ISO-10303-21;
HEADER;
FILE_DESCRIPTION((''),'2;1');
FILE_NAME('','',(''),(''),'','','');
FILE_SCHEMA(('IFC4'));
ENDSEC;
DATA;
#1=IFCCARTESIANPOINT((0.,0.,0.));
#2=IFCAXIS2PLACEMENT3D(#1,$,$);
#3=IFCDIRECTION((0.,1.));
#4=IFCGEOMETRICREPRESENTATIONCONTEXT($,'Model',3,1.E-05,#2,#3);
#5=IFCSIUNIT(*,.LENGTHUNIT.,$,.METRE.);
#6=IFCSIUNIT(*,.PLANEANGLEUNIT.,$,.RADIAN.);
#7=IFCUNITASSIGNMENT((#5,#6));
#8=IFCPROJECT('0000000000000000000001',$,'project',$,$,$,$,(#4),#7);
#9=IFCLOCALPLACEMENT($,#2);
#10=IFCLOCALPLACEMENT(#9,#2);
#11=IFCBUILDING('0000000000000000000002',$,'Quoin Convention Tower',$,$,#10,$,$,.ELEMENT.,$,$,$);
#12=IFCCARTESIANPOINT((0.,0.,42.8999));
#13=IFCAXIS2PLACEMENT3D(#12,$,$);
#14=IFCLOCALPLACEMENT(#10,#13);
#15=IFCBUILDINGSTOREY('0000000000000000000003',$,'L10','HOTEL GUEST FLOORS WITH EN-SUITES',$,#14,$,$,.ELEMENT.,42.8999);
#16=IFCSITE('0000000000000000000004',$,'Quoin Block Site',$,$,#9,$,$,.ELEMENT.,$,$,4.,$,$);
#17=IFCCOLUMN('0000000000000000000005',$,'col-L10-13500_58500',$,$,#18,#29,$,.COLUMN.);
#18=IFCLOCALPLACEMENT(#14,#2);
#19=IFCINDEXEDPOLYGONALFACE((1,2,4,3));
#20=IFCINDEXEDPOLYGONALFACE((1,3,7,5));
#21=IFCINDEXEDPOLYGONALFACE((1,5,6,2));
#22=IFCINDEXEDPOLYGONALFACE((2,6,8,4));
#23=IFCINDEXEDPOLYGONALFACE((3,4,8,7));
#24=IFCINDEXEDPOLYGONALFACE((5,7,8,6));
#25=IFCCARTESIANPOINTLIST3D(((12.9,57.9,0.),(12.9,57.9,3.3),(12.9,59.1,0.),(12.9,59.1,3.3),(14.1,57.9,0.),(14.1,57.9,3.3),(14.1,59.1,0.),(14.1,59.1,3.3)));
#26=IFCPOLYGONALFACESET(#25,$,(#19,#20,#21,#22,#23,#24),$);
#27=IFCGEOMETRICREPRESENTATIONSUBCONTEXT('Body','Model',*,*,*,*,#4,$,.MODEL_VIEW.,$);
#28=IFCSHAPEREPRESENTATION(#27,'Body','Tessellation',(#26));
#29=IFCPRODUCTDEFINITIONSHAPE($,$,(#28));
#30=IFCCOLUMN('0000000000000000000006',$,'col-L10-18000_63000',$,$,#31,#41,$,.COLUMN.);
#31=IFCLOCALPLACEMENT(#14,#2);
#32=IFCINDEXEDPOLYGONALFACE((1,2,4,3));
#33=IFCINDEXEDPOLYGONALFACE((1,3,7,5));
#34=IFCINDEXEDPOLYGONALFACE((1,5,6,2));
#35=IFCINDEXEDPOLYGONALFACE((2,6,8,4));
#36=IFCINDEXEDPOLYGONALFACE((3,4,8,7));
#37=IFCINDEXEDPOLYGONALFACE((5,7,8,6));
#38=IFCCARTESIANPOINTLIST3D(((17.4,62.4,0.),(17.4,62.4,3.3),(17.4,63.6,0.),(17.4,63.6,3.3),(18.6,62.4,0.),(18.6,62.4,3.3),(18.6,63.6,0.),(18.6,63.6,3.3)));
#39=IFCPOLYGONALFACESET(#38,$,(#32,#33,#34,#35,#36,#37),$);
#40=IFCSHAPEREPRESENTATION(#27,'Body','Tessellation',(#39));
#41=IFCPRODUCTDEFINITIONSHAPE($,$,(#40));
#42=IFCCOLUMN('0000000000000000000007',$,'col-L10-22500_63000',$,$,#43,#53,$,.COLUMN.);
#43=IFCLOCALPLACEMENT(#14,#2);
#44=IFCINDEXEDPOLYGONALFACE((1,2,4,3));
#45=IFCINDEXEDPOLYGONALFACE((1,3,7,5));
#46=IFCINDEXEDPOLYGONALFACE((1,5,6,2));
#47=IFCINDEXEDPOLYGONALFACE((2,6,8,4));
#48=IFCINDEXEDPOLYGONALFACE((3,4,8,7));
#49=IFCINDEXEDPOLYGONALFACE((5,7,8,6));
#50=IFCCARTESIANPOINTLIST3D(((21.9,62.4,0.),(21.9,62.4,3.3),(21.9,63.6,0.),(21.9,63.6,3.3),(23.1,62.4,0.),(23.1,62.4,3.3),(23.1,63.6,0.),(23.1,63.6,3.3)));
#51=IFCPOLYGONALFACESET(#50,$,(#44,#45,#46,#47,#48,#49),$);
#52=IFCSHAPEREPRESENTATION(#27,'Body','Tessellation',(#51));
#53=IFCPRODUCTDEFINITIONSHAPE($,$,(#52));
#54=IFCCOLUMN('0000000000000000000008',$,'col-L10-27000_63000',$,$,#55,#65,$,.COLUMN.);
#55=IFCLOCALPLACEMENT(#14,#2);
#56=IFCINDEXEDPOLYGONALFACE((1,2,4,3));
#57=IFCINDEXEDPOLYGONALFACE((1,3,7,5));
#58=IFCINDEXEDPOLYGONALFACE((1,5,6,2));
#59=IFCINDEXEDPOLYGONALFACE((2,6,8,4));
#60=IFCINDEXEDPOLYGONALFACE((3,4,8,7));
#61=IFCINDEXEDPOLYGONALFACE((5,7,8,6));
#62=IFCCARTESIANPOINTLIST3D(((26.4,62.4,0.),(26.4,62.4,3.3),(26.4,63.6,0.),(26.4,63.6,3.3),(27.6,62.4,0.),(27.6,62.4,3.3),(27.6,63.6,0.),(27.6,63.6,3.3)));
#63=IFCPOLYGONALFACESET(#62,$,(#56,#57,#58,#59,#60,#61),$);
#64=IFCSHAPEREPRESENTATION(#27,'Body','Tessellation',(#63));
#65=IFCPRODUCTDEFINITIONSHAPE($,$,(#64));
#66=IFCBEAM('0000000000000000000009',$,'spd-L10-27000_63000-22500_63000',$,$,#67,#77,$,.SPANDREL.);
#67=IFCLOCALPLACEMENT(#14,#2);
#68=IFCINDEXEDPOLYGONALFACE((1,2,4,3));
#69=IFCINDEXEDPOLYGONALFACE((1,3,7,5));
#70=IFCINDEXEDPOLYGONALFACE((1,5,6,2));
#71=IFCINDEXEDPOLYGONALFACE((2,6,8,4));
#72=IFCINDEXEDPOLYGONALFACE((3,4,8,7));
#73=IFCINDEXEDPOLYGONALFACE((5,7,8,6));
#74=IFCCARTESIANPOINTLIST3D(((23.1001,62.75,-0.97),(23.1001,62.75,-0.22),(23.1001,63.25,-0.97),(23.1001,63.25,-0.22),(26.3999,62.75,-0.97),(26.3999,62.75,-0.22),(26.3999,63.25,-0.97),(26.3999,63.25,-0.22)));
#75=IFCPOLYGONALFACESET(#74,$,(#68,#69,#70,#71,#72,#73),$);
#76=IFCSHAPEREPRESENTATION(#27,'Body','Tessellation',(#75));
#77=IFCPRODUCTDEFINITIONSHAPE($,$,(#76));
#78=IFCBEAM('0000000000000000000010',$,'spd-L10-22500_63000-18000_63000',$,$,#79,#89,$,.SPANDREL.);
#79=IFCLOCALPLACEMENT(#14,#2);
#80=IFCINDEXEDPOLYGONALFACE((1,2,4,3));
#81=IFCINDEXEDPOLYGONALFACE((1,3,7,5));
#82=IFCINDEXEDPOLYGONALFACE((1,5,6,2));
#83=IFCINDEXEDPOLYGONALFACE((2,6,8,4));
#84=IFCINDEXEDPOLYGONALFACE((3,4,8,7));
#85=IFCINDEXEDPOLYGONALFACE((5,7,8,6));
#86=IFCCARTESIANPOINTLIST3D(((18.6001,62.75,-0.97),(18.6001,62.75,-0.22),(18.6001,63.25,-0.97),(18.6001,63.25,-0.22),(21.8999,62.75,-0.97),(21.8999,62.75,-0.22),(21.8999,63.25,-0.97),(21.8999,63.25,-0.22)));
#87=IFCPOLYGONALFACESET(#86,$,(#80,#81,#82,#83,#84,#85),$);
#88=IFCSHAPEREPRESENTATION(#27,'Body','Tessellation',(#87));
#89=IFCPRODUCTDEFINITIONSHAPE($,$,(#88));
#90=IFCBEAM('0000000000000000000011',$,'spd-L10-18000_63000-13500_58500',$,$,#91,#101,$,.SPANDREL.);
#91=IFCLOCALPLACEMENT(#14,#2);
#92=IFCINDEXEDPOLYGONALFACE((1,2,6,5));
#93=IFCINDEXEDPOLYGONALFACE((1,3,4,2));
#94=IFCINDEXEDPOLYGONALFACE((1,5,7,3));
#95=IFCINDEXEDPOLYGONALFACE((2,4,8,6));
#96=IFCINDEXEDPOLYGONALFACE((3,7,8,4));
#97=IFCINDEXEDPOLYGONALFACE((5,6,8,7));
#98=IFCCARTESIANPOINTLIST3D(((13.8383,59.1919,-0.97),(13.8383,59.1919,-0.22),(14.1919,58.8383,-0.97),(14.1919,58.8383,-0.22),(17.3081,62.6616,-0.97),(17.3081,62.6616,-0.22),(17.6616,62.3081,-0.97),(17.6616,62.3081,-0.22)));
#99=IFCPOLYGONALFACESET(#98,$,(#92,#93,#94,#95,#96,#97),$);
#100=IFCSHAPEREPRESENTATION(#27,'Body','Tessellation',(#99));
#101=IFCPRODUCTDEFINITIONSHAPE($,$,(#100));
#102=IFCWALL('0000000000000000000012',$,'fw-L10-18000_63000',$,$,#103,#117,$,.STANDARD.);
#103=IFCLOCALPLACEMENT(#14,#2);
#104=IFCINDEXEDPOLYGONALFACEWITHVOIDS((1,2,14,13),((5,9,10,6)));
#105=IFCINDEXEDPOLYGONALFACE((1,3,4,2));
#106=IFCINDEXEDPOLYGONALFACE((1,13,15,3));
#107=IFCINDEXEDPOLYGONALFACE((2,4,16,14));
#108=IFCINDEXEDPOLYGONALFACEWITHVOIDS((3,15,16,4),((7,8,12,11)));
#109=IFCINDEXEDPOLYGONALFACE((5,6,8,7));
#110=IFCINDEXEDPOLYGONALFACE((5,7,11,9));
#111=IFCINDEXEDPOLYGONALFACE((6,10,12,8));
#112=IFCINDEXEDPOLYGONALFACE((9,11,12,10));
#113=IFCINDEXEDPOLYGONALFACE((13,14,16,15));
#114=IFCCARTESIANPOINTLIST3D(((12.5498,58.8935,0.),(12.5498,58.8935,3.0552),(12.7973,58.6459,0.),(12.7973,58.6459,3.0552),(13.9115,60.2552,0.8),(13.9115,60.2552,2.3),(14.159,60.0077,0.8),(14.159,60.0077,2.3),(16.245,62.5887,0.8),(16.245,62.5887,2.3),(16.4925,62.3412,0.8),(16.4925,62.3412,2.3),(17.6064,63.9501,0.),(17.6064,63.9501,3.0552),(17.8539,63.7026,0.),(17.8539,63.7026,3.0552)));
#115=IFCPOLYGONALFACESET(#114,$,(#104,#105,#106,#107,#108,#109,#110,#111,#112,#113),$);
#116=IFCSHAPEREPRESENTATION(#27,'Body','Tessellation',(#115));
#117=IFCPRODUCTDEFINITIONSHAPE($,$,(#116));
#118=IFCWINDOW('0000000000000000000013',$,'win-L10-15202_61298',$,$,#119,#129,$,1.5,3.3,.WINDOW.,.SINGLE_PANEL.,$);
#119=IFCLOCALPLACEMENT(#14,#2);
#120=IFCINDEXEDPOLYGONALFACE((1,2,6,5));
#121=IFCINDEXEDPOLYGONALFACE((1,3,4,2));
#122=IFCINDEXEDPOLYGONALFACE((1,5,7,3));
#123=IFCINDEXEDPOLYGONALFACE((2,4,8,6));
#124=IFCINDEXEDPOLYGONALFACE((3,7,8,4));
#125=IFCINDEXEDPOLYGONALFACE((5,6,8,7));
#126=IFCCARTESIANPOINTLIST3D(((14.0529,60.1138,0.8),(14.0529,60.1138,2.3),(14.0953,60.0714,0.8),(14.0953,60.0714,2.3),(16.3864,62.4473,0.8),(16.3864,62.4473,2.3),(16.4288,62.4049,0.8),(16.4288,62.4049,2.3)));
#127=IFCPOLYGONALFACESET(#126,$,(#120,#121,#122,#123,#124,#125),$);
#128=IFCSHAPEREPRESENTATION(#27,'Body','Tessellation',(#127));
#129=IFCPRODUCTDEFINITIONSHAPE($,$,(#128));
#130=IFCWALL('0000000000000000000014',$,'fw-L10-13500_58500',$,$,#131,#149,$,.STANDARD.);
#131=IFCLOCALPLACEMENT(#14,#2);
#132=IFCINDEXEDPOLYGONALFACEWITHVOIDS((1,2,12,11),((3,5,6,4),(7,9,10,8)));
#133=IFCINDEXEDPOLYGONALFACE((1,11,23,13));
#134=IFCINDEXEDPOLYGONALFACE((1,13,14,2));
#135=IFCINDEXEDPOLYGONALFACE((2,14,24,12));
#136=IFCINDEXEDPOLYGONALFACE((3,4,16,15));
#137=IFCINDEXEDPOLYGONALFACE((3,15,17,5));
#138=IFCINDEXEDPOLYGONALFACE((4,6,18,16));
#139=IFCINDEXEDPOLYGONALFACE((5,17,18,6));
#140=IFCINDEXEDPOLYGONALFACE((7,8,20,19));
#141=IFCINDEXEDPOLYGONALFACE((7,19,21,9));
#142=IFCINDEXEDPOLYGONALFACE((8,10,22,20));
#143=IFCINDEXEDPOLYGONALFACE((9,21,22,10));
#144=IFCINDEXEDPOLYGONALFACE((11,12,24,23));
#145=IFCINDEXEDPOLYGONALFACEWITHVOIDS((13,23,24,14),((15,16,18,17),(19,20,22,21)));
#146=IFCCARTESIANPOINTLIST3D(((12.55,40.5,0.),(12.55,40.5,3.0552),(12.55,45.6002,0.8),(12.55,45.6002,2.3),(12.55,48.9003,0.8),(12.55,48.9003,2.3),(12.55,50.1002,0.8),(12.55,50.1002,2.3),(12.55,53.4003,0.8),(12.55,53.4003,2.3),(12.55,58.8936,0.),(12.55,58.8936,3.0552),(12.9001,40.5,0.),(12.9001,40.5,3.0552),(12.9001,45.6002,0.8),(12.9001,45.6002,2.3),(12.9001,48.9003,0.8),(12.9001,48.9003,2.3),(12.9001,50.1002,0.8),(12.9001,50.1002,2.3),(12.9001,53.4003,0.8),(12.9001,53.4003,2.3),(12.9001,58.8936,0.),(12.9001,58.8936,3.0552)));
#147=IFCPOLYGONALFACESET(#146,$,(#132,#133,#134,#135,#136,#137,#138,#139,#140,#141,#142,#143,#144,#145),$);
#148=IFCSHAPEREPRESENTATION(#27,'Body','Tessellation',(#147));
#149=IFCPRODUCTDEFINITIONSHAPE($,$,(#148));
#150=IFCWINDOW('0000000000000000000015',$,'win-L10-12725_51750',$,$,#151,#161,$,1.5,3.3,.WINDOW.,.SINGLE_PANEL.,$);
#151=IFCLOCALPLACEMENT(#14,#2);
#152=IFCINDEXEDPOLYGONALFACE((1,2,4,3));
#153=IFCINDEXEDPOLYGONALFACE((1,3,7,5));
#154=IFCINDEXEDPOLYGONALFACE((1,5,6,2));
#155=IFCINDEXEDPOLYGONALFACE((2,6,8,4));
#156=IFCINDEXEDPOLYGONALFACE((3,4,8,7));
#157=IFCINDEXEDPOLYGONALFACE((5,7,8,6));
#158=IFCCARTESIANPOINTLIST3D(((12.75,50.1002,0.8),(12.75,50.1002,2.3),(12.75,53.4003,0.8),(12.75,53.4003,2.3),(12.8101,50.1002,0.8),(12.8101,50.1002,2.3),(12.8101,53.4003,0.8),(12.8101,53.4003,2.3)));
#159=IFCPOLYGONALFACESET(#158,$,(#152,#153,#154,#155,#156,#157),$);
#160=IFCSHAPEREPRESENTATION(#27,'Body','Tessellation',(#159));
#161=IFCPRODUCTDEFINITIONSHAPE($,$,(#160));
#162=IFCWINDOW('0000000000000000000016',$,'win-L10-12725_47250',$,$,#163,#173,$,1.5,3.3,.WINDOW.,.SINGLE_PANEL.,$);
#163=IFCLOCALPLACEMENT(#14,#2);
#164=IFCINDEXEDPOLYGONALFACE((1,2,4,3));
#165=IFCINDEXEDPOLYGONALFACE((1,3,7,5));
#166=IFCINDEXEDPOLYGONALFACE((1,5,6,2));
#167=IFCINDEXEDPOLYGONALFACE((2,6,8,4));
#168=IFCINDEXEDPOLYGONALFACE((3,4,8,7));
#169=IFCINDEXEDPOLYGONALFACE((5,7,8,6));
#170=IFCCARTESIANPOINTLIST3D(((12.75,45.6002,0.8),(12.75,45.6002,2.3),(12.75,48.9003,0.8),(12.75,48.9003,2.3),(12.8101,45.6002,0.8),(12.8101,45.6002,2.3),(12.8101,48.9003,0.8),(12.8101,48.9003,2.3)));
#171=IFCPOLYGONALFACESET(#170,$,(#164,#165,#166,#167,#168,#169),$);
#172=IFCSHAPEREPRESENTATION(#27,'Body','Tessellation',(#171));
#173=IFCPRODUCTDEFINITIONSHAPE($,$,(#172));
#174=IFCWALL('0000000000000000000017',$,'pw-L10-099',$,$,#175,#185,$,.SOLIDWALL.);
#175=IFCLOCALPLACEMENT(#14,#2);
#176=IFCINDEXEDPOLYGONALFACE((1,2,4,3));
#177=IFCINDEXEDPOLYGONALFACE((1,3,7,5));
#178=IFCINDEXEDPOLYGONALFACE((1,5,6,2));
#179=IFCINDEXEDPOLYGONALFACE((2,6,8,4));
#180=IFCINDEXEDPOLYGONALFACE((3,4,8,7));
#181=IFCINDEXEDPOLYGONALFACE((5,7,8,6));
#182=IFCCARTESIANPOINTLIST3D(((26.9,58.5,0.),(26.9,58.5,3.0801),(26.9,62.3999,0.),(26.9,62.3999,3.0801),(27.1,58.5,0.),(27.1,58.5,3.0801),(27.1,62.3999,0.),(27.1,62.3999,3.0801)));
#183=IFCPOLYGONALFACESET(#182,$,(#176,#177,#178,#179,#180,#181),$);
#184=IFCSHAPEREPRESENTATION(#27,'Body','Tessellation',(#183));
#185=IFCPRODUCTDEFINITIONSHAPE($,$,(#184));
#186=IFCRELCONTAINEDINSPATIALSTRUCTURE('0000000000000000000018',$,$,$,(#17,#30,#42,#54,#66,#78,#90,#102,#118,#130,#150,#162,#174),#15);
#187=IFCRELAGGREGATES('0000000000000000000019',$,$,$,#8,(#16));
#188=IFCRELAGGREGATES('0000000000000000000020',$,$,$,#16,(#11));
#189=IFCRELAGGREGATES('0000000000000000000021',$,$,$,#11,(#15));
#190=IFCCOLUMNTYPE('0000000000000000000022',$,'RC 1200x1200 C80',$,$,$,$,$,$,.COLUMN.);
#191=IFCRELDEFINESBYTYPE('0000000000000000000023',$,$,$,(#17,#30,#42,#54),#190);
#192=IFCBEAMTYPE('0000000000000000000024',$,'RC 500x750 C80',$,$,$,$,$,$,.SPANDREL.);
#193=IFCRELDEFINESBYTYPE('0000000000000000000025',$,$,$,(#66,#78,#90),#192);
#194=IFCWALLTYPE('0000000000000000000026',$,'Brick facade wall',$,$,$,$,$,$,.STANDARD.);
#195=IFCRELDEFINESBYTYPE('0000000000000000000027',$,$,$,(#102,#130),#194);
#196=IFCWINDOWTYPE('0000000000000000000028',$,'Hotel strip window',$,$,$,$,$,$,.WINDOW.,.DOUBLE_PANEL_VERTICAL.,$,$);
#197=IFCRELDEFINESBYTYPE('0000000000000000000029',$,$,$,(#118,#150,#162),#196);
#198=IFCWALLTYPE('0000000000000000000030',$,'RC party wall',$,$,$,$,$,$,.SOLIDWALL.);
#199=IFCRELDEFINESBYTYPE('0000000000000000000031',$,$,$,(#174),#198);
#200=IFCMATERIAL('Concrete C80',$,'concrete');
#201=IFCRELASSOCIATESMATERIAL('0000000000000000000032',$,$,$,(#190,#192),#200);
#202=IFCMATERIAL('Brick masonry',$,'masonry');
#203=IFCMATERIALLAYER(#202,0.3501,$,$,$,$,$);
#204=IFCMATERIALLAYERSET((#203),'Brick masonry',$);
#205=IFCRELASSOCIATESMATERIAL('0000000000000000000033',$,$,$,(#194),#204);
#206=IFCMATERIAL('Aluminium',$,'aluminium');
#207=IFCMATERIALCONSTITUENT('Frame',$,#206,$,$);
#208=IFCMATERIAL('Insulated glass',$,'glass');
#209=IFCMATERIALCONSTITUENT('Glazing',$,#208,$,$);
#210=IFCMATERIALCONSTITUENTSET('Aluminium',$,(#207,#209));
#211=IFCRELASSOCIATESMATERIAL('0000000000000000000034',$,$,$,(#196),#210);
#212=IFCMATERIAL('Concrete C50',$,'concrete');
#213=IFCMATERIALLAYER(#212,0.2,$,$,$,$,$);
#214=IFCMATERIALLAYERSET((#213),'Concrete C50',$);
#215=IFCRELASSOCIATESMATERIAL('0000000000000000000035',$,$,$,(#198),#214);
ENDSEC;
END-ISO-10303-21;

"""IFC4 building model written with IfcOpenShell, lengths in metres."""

from ifc_helpers import new_model, si_unit, direction, frame, frame_2d, origin, origin_2d, place, context, subcontext, project, spatial, rectangle, extrude, material, layer, layer_set, constituent, constituent_set, material_profile, profile_set, type_object, element, fill, save


model = new_model("IFC4")

# Units and contexts
model_context = context("Model", 3, precision=1e-05, world=origin(), true_north=direction((0.0, 1.0)))
body_context = subcontext(model_context, "Body", "Model", "MODEL_VIEW")
ifc_project = project(units=[si_unit("LENGTHUNIT", "METRE"), si_unit("PLANEANGLEUNIT", "RADIAN")], contexts=[model_context])

# Site, building, storey
site_placement = place(None, origin())
site = spatial("IfcSite", under=ifc_project, at=site_placement, Name="Quoin Block Site", CompositionType="ELEMENT", RefElevation=4.0)
building_placement = place(site_placement, origin())
building = spatial("IfcBuilding", under=site, at=building_placement, Name="Quoin Convention Tower", CompositionType="ELEMENT")
storey_placement = place(building_placement, frame((0.0, 0.0, 42.8999)))
storey = spatial("IfcBuildingStorey", under=building, at=storey_placement, Name="L10", Description="HOTEL GUEST FLOORS WITH EN-SUITES", CompositionType="ELEMENT", Elevation=42.8999)

# Columns
ifc_material_1 = material(Name="Concrete C80", Category="concrete")
ifc_material_profile_1 = material_profile(ifc_material_1, rectangle(XDim=1.2, YDim=1.2, at=origin_2d()), Name="RC 1200x1200")
ifc_profile_set_1 = profile_set([ifc_material_profile_1], Name="Concrete C80")
column_type = type_object("IfcColumnType", Name="RC 1200x1200 C80", PredefinedType="COLUMN", material=ifc_profile_set_1)
for number, where, z_axis, x_axis, name in (
    (1, (13.5, 58.5, 0.0), (0.0, 0.0, 1.0), (1.0, 0.0, 0.0), "col-L10-13500_58500"),
    (2, (18.0, 63.0, 0.0), (0.0, 0.0, 1.0), (1.0, 0.0, 0.0), "col-L10-18000_63000"),
    (3, (22.5, 63.0, 0.0), (0.0, 0.0, 1.0), (1.0, 0.0, 0.0), "col-L10-22500_63000"),
    (4, (27.0, 63.0, 0.0), (0.0, 0.0, 1.0), (1.0, 0.0, 0.0), "col-L10-27000_63000"),
):
    element("IfcColumn", number, at=place(storey_placement, frame(where, z_axis=z_axis, x_axis=x_axis)), inside=storey, type_object=column_type, Name=name, PredefinedType="COLUMN", context=body_context, shape_type="SweptSolid", body=[
        extrude(rectangle(XDim=1.2, YDim=1.2, at=origin_2d()), origin(), (0.0, 0.0, 1.0), 3.3),
    ])

# Beams
ifc_material_profile_2 = material_profile(ifc_material_1, rectangle(XDim=0.5, YDim=0.75, at=origin_2d()), Name="RC 500x750")
ifc_profile_set_2 = profile_set([ifc_material_profile_2], Name="Concrete C80")
beam_type = type_object("IfcBeamType", Name="RC 500x750 C80", PredefinedType="SPANDREL", material=ifc_profile_set_2)
for number, where, z_axis, x_axis, name in (
    (5, (26.3999, 63.0, -0.595), (-1.0, 0.0, 0.0), (0.0, -1.0, 0.0), "spd-L10-27000_63000-22500_63000"),
    (6, (21.8999, 63.0, -0.595), (-1.0, 0.0, 0.0), (0.0, -1.0, 0.0), "spd-L10-22500_63000-18000_63000"),
):
    element("IfcBeam", number, at=place(storey_placement, frame(where, z_axis=z_axis, x_axis=x_axis)), inside=storey, type_object=beam_type, Name=name, PredefinedType="SPANDREL", context=body_context, shape_type="SweptSolid", body=[
        extrude(rectangle(XDim=0.5, YDim=0.75, at=origin_2d()), origin(), (0.0, 0.0, 1.0), 3.2998),
    ])
beam_placement = place(storey_placement, frame((17.4849, 62.4849, -0.595), z_axis=(-0.707107, -0.707107, 0.0), x_axis=(0.707107, -0.707107, 0.0)))
element("IfcBeam", 7, at=beam_placement, inside=storey, type_object=beam_type, Name="spd-L10-18000_63000-13500_58500", PredefinedType="SPANDREL", context=body_context, shape_type="SweptSolid", body=[
    extrude(rectangle(XDim=0.5, YDim=0.75, at=origin_2d()), origin(), (0.0, 0.0, 1.0), 4.907),
])

# Wall, opening, window
ifc_material_2 = material(Name="Brick masonry", Category="masonry")
ifc_layer_1 = layer(ifc_material_2, 0.3501)
ifc_layer_set_1 = layer_set([ifc_layer_1], Name="Brick masonry")
wall_type_1 = type_object("IfcWallType", Name="Brick facade wall", PredefinedType="STANDARD", material=ifc_layer_set_1)
wall_1_placement = place(storey_placement, frame((17.7302, 63.8264, 0.0), z_axis=(0.0, 0.0, 1.0), x_axis=(-0.707107, -0.707107, 0.0)))
wall_1 = element("IfcWall", 8, at=wall_1_placement, inside=storey, type_object=wall_type_1, Name="fw-L10-18000_63000", PredefinedType="STANDARD", context=body_context, shape_type="SweptSolid", body=[
    extrude(rectangle(XDim=7.1511, YDim=0.3501, at=frame_2d((3.5757, 0.0))), origin(), (0.0, 0.0, 1.0), 3.0552),
])
opening_1_placement = place(wall_1_placement, frame((1.9255, 0.0, 0.8)))
opening_1 = element("IfcOpeningElement", 9, at=opening_1_placement, cuts=wall_1, PredefinedType="OPENING", context=body_context, shape_type="SweptSolid", body=[
    extrude(rectangle(XDim=3.3, YDim=1.5, at=frame_2d((1.6499, 0.75))), frame((0.0, 0.1851, 0.0), z_axis=(0.0, -1.0, 0.0), x_axis=(1.0, 0.0, 0.0)), (0.0, 0.0, 1.0), 0.3701),
])
ifc_material_3 = material(Name="Aluminium", Category="aluminium")
ifc_constituent_1 = constituent(ifc_material_3, Name="Frame")
ifc_material_4 = material(Name="Insulated glass", Category="glass")
ifc_constituent_2 = constituent(ifc_material_4, Name="Glazing")
ifc_constituent_set = constituent_set(constituents=[ifc_constituent_1, ifc_constituent_2], Name="Aluminium")
window_type = type_object("IfcWindowType", Name="Hotel strip window", PartitioningType="DOUBLE_PANEL_VERTICAL", PredefinedType="WINDOW", material=ifc_constituent_set)
window_1_placement = place(opening_1_placement, origin())
window_1 = element("IfcWindow", 10, at=window_1_placement, inside=storey, type_object=window_type, Name="win-L10-15202_61298", OverallHeight=1.5, OverallWidth=3.3, PartitioningType="SINGLE_PANEL", PredefinedType="WINDOW", context=body_context, shape_type="SweptSolid", body=[
    extrude(rectangle(XDim=3.3, YDim=1.5, at=frame_2d((1.6499, 0.75))), frame((0.0, 0.085, 0.0), z_axis=(0.0, -1.0, 0.0), x_axis=(1.0, 0.0, 0.0)), (0.0, 0.0, 1.0), 0.0601),
])
fill(opening_1, window_1)

# Wall, openings, windows
wall_2_placement = place(storey_placement, frame((12.7251, 58.8936, 0.0), z_axis=(0.0, 0.0, 1.0), x_axis=(0.0, -1.0, 0.0)))
wall_2 = element("IfcWall", 11, at=wall_2_placement, inside=storey, type_object=wall_type_1, Name="fw-L10-13500_58500", PredefinedType="STANDARD", context=body_context, shape_type="SweptSolid", body=[
    extrude(rectangle(XDim=18.3936, YDim=0.3501, at=frame_2d((9.1968, 0.0))), origin(), (0.0, 0.0, 1.0), 3.0552),
])
opening_2_placement = place(wall_2_placement, frame((5.4934, 0.0, 0.8)))
opening_2 = element("IfcOpeningElement", 12, at=opening_2_placement, cuts=wall_2, PredefinedType="OPENING", context=body_context, shape_type="SweptSolid", body=[
    extrude(rectangle(XDim=3.3, YDim=1.5, at=frame_2d((1.6499, 0.75))), frame((0.0, 0.1851, 0.0), z_axis=(0.0, -1.0, 0.0), x_axis=(1.0, 0.0, 0.0)), (0.0, 0.0, 1.0), 0.3701),
])
opening_3_placement = place(wall_2_placement, frame((9.9934, 0.0, 0.8)))
opening_3 = element("IfcOpeningElement", 13, at=opening_3_placement, cuts=wall_2, PredefinedType="OPENING", context=body_context, shape_type="SweptSolid", body=[
    extrude(rectangle(XDim=3.3, YDim=1.5, at=frame_2d((1.6499, 0.75))), frame((0.0, 0.1851, 0.0), z_axis=(0.0, -1.0, 0.0), x_axis=(1.0, 0.0, 0.0)), (0.0, 0.0, 1.0), 0.3701),
])
window_2_placement = place(opening_2_placement, origin())
window_2 = element("IfcWindow", 14, at=window_2_placement, inside=storey, type_object=window_type, Name="win-L10-12725_51750", OverallHeight=1.5, OverallWidth=3.3, PartitioningType="SINGLE_PANEL", PredefinedType="WINDOW", context=body_context, shape_type="SweptSolid", body=[
    extrude(rectangle(XDim=3.3, YDim=1.5, at=frame_2d((1.6499, 0.75))), frame((0.0, 0.085, 0.0), z_axis=(0.0, -1.0, 0.0), x_axis=(1.0, 0.0, 0.0)), (0.0, 0.0, 1.0), 0.0601),
])
fill(opening_2, window_2)
window_3_placement = place(opening_3_placement, origin())
window_3 = element("IfcWindow", 15, at=window_3_placement, inside=storey, type_object=window_type, Name="win-L10-12725_47250", OverallHeight=1.5, OverallWidth=3.3, PartitioningType="SINGLE_PANEL", PredefinedType="WINDOW", context=body_context, shape_type="SweptSolid", body=[
    extrude(rectangle(XDim=3.3, YDim=1.5, at=frame_2d((1.6499, 0.75))), frame((0.0, 0.085, 0.0), z_axis=(0.0, -1.0, 0.0), x_axis=(1.0, 0.0, 0.0)), (0.0, 0.0, 1.0), 0.0601),
])
fill(opening_3, window_3)

# Wall
ifc_material_5 = material(Name="Concrete C50", Category="concrete")
ifc_layer_2 = layer(ifc_material_5, 0.2)
ifc_layer_set_2 = layer_set([ifc_layer_2], Name="Concrete C50")
wall_type_2 = type_object("IfcWallType", Name="RC party wall", PredefinedType="SOLIDWALL", material=ifc_layer_set_2)
wall_3_placement = place(storey_placement, frame((27.0, 58.5, 0.0), z_axis=(0.0, 0.0, 1.0), x_axis=(0.0, 1.0, 0.0)))
element("IfcWall", 16, at=wall_3_placement, inside=storey, type_object=wall_type_2, Name="pw-L10-099", PredefinedType="SOLIDWALL", context=body_context, shape_type="SweptSolid", body=[
    extrude(rectangle(XDim=3.8999, YDim=0.2, at=frame_2d((1.95, 0.0))), origin(), (0.0, 0.0, 1.0), 3.0801),
])

save(model, "model.ifc")
